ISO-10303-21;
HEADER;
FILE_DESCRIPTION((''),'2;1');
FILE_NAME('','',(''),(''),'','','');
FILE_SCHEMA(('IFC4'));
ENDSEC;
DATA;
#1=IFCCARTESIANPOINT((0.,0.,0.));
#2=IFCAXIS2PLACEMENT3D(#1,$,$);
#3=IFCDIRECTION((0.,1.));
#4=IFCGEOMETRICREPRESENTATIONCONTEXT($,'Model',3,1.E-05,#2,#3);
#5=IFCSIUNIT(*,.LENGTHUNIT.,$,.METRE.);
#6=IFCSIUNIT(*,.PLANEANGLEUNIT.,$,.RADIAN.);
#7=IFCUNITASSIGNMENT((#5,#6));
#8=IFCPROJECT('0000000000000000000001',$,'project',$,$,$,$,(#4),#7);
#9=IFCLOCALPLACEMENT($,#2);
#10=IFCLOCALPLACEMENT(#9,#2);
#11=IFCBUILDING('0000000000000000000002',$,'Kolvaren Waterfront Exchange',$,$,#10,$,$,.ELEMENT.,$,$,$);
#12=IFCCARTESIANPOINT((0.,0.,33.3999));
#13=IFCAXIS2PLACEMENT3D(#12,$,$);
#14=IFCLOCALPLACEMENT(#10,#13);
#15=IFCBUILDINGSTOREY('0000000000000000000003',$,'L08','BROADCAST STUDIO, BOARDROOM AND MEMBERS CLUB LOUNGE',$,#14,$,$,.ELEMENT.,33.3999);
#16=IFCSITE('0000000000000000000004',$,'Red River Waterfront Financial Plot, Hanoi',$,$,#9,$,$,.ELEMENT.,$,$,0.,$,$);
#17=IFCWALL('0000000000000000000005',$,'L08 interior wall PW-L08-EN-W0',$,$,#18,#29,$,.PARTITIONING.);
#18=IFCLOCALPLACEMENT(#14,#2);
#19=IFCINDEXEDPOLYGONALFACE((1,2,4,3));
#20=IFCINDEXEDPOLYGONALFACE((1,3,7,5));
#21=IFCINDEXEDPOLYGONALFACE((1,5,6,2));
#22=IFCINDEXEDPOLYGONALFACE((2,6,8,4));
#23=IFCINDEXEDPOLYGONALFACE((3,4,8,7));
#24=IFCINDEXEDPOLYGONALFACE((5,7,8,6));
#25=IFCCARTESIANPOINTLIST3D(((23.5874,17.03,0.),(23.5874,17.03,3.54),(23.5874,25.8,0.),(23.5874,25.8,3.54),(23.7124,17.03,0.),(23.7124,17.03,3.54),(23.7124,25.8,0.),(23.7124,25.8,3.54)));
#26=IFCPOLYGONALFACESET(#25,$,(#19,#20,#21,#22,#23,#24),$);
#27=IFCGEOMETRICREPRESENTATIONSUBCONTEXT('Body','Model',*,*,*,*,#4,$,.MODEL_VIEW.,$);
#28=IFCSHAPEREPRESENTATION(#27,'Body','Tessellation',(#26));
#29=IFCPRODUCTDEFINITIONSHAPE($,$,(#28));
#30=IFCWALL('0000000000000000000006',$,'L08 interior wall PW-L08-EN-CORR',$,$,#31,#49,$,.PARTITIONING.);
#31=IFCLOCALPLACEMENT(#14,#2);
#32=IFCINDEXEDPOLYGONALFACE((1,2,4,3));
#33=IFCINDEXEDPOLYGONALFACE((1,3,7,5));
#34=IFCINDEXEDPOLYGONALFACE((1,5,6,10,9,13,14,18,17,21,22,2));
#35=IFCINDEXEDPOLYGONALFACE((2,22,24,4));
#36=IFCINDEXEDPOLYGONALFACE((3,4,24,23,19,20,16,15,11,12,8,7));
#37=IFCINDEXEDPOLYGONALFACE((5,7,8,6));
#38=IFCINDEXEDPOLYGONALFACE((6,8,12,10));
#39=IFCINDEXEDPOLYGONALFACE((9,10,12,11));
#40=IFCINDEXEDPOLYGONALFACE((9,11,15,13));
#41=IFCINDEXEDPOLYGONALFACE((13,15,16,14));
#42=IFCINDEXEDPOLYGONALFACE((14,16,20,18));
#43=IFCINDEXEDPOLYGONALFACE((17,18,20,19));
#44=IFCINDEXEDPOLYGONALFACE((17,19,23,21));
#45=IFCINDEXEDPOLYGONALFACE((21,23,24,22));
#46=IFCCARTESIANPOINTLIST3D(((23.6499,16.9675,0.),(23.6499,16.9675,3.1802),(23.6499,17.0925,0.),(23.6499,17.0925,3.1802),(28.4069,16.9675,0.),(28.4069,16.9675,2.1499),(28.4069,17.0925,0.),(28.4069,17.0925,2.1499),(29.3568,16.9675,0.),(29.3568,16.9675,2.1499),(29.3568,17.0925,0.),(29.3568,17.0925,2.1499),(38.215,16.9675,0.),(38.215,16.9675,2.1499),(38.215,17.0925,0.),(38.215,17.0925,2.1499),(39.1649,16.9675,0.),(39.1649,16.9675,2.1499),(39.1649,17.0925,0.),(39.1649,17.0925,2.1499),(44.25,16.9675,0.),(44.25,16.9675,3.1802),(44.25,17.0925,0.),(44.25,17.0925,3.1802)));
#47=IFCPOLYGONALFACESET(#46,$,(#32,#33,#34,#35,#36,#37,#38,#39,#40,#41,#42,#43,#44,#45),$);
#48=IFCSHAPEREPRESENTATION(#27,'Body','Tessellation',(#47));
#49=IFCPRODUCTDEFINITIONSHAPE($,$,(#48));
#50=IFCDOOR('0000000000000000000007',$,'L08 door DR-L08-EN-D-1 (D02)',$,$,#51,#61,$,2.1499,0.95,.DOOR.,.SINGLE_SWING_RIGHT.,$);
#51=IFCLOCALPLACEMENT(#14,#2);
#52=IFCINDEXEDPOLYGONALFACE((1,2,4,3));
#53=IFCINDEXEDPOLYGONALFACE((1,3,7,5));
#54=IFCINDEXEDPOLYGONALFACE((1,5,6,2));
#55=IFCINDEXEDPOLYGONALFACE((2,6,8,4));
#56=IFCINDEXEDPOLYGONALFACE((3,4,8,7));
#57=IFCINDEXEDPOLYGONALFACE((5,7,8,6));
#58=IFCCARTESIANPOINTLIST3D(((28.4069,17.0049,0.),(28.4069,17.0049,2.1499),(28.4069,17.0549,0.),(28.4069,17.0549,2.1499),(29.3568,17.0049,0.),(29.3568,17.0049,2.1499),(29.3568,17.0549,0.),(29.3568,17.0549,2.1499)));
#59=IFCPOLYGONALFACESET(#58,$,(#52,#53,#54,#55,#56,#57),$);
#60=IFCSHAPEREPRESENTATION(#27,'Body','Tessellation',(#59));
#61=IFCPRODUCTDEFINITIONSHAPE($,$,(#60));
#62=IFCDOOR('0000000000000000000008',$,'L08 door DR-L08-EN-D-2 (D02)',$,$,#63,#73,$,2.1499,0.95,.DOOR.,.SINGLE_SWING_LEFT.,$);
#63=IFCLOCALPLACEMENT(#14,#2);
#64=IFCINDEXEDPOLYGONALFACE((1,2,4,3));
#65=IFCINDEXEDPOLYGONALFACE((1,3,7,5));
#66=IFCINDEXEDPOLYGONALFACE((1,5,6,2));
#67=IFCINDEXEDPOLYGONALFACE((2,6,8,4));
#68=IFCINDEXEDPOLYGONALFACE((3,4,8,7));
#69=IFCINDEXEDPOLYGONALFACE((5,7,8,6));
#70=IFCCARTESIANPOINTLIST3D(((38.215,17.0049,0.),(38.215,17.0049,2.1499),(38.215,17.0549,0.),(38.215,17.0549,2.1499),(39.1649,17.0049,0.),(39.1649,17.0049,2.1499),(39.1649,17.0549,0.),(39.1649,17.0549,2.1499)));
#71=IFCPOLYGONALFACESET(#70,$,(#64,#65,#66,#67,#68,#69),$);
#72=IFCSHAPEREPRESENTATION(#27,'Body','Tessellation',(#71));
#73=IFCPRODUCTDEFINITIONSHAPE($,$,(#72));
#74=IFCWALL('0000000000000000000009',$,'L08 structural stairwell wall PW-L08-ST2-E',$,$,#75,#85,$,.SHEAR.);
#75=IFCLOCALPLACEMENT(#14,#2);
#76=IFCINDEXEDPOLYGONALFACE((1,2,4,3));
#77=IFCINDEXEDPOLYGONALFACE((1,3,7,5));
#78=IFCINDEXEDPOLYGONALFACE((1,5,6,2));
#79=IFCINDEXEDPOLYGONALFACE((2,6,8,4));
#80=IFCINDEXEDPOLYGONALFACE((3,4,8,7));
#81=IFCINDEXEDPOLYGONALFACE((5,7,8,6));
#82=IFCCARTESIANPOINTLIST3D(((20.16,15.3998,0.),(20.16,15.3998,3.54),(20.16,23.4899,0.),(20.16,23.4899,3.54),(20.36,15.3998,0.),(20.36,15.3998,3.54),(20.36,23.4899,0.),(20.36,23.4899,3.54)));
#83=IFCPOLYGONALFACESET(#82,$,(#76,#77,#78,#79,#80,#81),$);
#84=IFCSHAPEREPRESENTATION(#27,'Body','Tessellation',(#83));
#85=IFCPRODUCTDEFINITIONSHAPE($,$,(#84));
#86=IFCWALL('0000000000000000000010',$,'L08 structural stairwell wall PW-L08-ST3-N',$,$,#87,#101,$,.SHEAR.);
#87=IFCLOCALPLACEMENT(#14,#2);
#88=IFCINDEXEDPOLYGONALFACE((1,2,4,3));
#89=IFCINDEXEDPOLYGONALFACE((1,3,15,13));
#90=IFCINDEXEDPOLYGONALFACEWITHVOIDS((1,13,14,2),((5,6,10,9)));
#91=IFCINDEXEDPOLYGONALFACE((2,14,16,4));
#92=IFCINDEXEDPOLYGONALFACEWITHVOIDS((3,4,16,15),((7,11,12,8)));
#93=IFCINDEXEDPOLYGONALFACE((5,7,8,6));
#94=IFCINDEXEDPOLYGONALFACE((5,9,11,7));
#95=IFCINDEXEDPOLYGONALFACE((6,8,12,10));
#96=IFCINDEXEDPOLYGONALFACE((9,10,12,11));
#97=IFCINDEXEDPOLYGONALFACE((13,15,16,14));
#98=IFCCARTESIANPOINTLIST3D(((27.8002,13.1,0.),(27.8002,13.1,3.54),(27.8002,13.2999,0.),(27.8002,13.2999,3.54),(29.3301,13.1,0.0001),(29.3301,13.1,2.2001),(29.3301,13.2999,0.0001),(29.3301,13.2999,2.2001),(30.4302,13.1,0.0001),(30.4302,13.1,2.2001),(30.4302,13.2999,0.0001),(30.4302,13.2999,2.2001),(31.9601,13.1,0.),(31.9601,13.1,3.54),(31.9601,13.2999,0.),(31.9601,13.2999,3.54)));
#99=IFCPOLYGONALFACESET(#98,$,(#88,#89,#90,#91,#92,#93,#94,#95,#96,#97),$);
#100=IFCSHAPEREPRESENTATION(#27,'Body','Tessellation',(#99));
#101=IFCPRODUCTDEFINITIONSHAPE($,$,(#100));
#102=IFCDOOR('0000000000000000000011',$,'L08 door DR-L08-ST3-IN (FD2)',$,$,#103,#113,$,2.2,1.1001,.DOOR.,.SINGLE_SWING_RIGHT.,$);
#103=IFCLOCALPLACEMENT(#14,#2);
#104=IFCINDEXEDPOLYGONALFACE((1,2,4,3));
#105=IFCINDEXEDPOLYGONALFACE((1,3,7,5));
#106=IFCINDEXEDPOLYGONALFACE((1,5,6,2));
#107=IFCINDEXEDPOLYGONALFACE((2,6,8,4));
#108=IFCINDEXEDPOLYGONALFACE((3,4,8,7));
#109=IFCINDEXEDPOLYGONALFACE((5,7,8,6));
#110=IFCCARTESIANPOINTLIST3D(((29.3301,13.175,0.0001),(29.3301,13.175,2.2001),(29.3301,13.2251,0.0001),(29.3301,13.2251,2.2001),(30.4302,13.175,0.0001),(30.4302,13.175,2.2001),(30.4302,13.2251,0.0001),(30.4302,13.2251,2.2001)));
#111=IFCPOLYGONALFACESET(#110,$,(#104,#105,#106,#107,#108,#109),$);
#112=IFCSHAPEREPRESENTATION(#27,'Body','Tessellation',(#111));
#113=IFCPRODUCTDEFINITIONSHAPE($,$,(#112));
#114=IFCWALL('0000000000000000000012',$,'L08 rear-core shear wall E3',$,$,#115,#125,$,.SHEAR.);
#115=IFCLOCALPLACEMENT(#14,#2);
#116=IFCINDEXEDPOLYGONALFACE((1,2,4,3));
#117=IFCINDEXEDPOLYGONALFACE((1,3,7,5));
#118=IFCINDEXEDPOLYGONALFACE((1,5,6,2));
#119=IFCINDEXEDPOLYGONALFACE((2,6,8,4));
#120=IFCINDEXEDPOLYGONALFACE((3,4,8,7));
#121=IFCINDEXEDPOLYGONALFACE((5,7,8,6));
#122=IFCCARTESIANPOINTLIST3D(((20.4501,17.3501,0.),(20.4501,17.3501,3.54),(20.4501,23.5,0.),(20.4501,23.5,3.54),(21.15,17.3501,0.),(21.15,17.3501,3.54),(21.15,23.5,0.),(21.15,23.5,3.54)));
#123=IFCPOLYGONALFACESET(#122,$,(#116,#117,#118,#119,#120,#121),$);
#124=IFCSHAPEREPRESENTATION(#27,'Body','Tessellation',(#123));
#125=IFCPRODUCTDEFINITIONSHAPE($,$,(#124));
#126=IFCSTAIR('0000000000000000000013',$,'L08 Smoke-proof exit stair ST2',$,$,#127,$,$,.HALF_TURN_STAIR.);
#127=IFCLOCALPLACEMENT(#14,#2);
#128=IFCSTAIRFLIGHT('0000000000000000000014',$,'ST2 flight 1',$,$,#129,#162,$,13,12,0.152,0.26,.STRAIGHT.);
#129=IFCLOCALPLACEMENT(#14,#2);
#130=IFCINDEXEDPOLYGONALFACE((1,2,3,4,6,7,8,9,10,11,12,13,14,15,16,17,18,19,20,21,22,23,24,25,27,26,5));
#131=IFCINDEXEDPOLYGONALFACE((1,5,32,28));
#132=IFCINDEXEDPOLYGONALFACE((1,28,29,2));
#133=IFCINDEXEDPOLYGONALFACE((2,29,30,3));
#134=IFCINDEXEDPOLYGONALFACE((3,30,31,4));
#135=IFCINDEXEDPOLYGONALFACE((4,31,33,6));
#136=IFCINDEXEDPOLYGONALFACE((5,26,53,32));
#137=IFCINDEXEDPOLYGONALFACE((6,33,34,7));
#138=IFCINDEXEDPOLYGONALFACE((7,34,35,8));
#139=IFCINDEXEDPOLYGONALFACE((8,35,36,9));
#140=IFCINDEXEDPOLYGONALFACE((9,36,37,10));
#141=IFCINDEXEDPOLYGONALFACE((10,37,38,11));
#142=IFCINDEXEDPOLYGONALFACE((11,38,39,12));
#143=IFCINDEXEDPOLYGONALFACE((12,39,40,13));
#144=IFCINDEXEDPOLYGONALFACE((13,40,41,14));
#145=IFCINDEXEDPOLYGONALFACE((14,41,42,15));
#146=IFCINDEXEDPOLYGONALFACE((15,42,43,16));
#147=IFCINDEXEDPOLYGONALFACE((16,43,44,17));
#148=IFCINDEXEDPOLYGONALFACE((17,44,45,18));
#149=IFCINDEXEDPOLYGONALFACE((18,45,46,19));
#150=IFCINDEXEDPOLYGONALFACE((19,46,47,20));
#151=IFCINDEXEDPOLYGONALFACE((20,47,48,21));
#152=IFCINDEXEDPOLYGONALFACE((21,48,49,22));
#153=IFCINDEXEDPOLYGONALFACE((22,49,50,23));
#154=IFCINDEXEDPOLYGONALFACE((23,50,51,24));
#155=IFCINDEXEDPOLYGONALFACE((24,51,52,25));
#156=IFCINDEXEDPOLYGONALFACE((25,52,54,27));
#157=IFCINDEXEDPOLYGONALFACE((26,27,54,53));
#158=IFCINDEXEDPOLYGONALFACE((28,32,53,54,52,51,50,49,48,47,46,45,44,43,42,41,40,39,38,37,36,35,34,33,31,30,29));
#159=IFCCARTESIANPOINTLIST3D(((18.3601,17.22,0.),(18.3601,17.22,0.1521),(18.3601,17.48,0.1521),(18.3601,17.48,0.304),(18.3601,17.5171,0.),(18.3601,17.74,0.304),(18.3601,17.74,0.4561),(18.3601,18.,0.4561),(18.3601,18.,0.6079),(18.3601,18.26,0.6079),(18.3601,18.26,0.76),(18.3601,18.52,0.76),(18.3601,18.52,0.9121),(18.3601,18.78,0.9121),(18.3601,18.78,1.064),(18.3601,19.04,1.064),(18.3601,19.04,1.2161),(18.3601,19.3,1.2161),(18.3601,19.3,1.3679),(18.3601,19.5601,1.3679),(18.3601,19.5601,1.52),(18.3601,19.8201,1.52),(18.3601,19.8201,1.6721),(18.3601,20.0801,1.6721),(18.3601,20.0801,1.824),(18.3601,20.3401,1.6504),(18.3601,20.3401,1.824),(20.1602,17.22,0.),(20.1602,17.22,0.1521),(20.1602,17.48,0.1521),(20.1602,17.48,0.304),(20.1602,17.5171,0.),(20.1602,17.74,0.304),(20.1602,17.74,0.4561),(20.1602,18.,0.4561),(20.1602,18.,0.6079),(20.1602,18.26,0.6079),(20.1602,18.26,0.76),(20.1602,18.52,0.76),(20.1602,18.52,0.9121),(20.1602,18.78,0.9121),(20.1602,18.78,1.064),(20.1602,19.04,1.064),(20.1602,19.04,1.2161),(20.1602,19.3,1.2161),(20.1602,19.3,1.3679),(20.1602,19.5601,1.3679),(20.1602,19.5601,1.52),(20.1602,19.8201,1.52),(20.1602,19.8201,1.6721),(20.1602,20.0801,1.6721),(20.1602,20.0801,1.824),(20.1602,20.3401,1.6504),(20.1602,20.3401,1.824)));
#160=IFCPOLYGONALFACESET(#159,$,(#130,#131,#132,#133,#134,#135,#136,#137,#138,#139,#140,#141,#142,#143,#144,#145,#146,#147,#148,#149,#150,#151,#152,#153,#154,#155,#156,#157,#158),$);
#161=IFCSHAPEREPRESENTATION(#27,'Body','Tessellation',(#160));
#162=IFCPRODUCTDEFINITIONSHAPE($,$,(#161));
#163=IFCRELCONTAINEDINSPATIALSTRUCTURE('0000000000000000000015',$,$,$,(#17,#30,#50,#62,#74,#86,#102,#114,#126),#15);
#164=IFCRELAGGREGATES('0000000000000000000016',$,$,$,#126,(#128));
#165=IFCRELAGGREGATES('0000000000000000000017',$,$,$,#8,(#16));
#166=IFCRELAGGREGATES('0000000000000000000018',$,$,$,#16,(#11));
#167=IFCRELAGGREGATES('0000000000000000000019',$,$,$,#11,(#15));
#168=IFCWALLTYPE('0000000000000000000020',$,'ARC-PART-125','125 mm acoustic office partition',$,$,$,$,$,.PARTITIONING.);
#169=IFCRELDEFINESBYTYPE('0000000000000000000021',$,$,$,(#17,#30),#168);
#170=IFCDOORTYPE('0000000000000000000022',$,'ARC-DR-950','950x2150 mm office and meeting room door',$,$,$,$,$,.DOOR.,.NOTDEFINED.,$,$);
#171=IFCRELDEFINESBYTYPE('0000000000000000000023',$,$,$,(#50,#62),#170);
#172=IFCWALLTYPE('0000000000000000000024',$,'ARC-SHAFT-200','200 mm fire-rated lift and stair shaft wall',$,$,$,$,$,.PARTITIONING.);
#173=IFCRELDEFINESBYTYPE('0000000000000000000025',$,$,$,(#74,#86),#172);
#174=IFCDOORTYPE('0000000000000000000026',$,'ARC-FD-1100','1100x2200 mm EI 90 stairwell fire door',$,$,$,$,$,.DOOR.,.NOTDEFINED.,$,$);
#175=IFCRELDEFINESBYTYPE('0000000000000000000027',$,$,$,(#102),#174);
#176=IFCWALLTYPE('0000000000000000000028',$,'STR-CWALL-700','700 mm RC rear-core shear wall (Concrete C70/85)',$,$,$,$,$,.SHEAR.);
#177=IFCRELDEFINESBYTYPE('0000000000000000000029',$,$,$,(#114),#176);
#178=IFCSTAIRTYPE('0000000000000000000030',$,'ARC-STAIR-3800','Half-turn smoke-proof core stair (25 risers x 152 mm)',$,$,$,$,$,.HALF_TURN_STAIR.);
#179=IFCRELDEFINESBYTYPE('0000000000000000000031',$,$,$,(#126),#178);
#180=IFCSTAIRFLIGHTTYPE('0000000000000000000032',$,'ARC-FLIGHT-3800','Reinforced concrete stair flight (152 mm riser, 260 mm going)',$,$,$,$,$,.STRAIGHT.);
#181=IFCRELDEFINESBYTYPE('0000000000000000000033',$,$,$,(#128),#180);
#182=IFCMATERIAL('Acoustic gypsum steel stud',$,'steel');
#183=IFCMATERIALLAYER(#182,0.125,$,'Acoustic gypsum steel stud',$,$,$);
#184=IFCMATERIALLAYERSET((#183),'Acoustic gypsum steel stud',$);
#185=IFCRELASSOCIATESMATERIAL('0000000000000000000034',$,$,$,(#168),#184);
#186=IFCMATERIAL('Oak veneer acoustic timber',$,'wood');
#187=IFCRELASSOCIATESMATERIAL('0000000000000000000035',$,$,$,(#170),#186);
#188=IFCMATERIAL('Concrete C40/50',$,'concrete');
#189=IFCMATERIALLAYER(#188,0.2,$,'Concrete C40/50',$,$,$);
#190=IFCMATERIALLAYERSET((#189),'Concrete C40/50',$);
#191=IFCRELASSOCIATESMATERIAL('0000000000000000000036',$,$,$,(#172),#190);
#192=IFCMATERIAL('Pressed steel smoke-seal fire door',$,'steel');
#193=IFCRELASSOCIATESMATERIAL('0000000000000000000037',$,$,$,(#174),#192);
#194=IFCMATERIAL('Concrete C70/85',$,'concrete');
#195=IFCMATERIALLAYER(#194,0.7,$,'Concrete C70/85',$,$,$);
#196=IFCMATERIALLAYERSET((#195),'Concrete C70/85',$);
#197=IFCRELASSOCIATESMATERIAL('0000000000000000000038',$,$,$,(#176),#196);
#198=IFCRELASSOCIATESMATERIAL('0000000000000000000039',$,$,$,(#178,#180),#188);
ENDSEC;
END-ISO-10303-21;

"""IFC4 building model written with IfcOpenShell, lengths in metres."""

from ifc_helpers import new_model, si_unit, direction, frame, frame_2d, origin, place, context, subcontext, project, spatial, polyline, rectangle, outline, extrude, material, layer, layer_set, type_object, element, fill, aggregate, save


model = new_model("IFC4")

# Units and contexts
model_context = context("Model", 3, precision=1e-05, world=origin(), true_north=direction((0.0, 1.0)))
body_context = subcontext(model_context, "Body", "Model", "MODEL_VIEW")
ifc_project = project(units=[si_unit("LENGTHUNIT", "METRE"), si_unit("PLANEANGLEUNIT", "RADIAN")], contexts=[model_context])

# Site, building, storey
site_placement = place(None, origin())
site = spatial("IfcSite", under=ifc_project, at=site_placement, Name="Red River Waterfront Financial Plot, Hanoi", CompositionType="ELEMENT", RefElevation=0.0)
building_placement = place(site_placement, origin())
building = spatial("IfcBuilding", under=site, at=building_placement, Name="Kolvaren Waterfront Exchange", CompositionType="ELEMENT")
storey_placement = place(building_placement, frame((0.0, 0.0, 33.3999)))
storey = spatial("IfcBuildingStorey", under=building, at=storey_placement, Name="L08", Description="BROADCAST STUDIO, BOARDROOM AND MEMBERS CLUB LOUNGE", CompositionType="ELEMENT", Elevation=33.3999)

# Shared definitions
ifc_material_1 = material(Name="Concrete C70/85", Category="concrete")

# Shared definitions
ifc_material_2 = material(Name="Acoustic gypsum steel stud", Category="steel")
ifc_layer_1 = layer(ifc_material_2, 0.125, Name="Acoustic gypsum steel stud")
ifc_layer_set_1 = layer_set([ifc_layer_1], Name="Acoustic gypsum steel stud")
wall_type_1 = type_object("IfcWallType", Name="ARC-PART-125", Description="125 mm acoustic office partition", PredefinedType="PARTITIONING", material=ifc_layer_set_1)
ifc_material_3 = material(Name="Oak veneer acoustic timber", Category="wood")
door_type_1 = type_object("IfcDoorType", Name="ARC-DR-950", Description="950x2150 mm office and meeting room door", OperationType="NOTDEFINED", PredefinedType="DOOR", material=ifc_material_3)

# Wall
wall_1_placement = place(storey_placement, frame((23.6499, 17.03, 0.0), z_axis=(0.0, 0.0, 1.0), x_axis=(0.0, 1.0, 0.0)))
element("IfcWall", 1, at=wall_1_placement, inside=storey, type_object=wall_type_1, Name="L08 interior wall PW-L08-EN-W0", PredefinedType="PARTITIONING", context=body_context, shape_type="SweptSolid", body=[
    extrude(rectangle(XDim=8.77, YDim=0.125, at=frame_2d((4.385, 0.0))), origin(), (0.0, 0.0, 1.0), 3.54),
])

# Wall, openings, doors
wall_2_placement = place(storey_placement, frame((23.6499, 17.03, 0.0), z_axis=(0.0, 0.0, 1.0), x_axis=(1.0, 0.0, 0.0)))
wall_2 = element("IfcWall", 2, at=wall_2_placement, inside=storey, type_object=wall_type_1, Name="L08 interior wall PW-L08-EN-CORR", PredefinedType="PARTITIONING", context=body_context, shape_type="SweptSolid", body=[
    extrude(rectangle(XDim=20.6001, YDim=0.125, at=frame_2d((10.3, 0.0))), origin(), (0.0, 0.0, 1.0), 3.1802),
])
opening_1_placement = place(wall_2_placement, frame((4.7568, 0.0, 0.0)))
opening_1 = element("IfcOpeningElement", 3, at=opening_1_placement, cuts=wall_2, PredefinedType="OPENING", context=body_context, shape_type="SweptSolid", body=[
    extrude(rectangle(XDim=0.95, YDim=2.1499, at=frame_2d((0.4751, 1.075))), frame((0.0, 0.0725, 0.0), z_axis=(0.0, -1.0, 0.0), x_axis=(1.0, 0.0, 0.0)), (0.0, 0.0, 1.0), 0.145),
])
opening_2_placement = place(wall_2_placement, frame((14.5649, 0.0, 0.0)))
opening_2 = element("IfcOpeningElement", 4, at=opening_2_placement, cuts=wall_2, PredefinedType="OPENING", context=body_context, shape_type="SweptSolid", body=[
    extrude(rectangle(XDim=0.95, YDim=2.1499, at=frame_2d((0.4751, 1.075))), frame((0.0, 0.0725, 0.0), z_axis=(0.0, -1.0, 0.0), x_axis=(1.0, 0.0, 0.0)), (0.0, 0.0, 1.0), 0.145),
])
door_1_placement = place(opening_1_placement, origin())
door_1 = element("IfcDoor", 5, at=door_1_placement, inside=storey, type_object=door_type_1, Name="L08 door DR-L08-EN-D-1 (D02)", OperationType="SINGLE_SWING_RIGHT", OverallHeight=2.1499, OverallWidth=0.95, PredefinedType="DOOR", context=body_context, shape_type="SweptSolid", body=[
    extrude(rectangle(XDim=0.95, YDim=2.1499, at=frame_2d((0.4751, 1.075))), frame((0.0, 0.0249, 0.0), z_axis=(0.0, -1.0, 0.0), x_axis=(1.0, 0.0, 0.0)), (0.0, 0.0, 1.0), 0.05),
])
fill(opening_1, door_1)
door_2_placement = place(opening_2_placement, origin())
door_2 = element("IfcDoor", 6, at=door_2_placement, inside=storey, type_object=door_type_1, Name="L08 door DR-L08-EN-D-2 (D02)", OperationType="SINGLE_SWING_LEFT", OverallHeight=2.1499, OverallWidth=0.95, PredefinedType="DOOR", context=body_context, shape_type="SweptSolid", body=[
    extrude(rectangle(XDim=0.95, YDim=2.1499, at=frame_2d((0.4751, 1.075))), frame((0.0, 0.0249, 0.0), z_axis=(0.0, -1.0, 0.0), x_axis=(1.0, 0.0, 0.0)), (0.0, 0.0, 1.0), 0.05),
])
fill(opening_2, door_2)

# Wall
ifc_material_4 = material(Name="Concrete C40/50", Category="concrete")
ifc_layer_2 = layer(ifc_material_4, 0.2, Name="Concrete C40/50")
ifc_layer_set_2 = layer_set([ifc_layer_2], Name="Concrete C40/50")
wall_type_2 = type_object("IfcWallType", Name="ARC-SHAFT-200", Description="200 mm fire-rated lift and stair shaft wall", PredefinedType="PARTITIONING", material=ifc_layer_set_2)
wall_3_placement = place(storey_placement, frame((20.26, 15.3999, 0.0), z_axis=(0.0, 0.0, 1.0), x_axis=(0.0, 1.0, 0.0)))
element("IfcWall", 7, at=wall_3_placement, inside=storey, type_object=wall_type_2, Name="L08 structural stairwell wall PW-L08-ST2-E", PredefinedType="SHEAR", context=body_context, shape_type="SweptSolid", body=[
    extrude(rectangle(XDim=8.0901, YDim=0.2, at=frame_2d((4.0449, 0.0))), origin(), (0.0, 0.0, 1.0), 3.54),
])

# Wall, opening, door
wall_4_placement = place(storey_placement, frame((27.8, 13.2, 0.0), z_axis=(0.0, 0.0, 1.0), x_axis=(1.0, 0.0, 0.0)))
wall_4 = element("IfcWall", 8, at=wall_4_placement, inside=storey, type_object=wall_type_2, Name="L08 structural stairwell wall PW-L08-ST3-N", PredefinedType="SHEAR", context=body_context, shape_type="SweptSolid", body=[
    extrude(rectangle(XDim=4.1599, YDim=0.2, at=frame_2d((2.0801, 0.0))), origin(), (0.0, 0.0, 1.0), 3.54),
])
opening_3_placement = place(wall_4_placement, frame((1.53, 0.0, 0.0)))
opening_3 = element("IfcOpeningElement", 9, at=opening_3_placement, cuts=wall_4, PredefinedType="OPENING", context=body_context, shape_type="SweptSolid", body=[
    extrude(rectangle(XDim=1.1001, YDim=2.2, at=frame_2d((0.55, 1.1001))), frame((0.0, 0.1099, 0.0), z_axis=(0.0, -1.0, 0.0), x_axis=(1.0, 0.0, 0.0)), (0.0, 0.0, 1.0), 0.22),
])
ifc_material_5 = material(Name="Pressed steel smoke-seal fire door", Category="steel")
door_type_2 = type_object("IfcDoorType", Name="ARC-FD-1100", Description="1100x2200 mm EI 90 stairwell fire door", OperationType="NOTDEFINED", PredefinedType="DOOR", material=ifc_material_5)
door_3_placement = place(opening_3_placement, frame((1.1001, 0.0, 0.0), z_axis=(0.0, 0.0, 1.0), x_axis=(-1.0, 0.0, 0.0)))
door_3 = element("IfcDoor", 10, at=door_3_placement, inside=storey, type_object=door_type_2, Name="L08 door DR-L08-ST3-IN (FD2)", OperationType="SINGLE_SWING_RIGHT", OverallHeight=2.2, OverallWidth=1.1001, PredefinedType="DOOR", context=body_context, shape_type="SweptSolid", body=[
    extrude(rectangle(XDim=1.1001, YDim=2.2, at=frame_2d((0.55, 1.1001))), frame((0.0, 0.0249, 0.0), z_axis=(0.0, -1.0, 0.0), x_axis=(1.0, 0.0, 0.0)), (0.0, 0.0, 1.0), 0.05),
])
fill(opening_3, door_3)

# Wall
ifc_layer_3 = layer(ifc_material_1, 0.7, Name="Concrete C70/85")
ifc_layer_set_3 = layer_set([ifc_layer_3], Name="Concrete C70/85")
wall_type_3 = type_object("IfcWallType", Name="STR-CWALL-700", Description="700 mm RC rear-core shear wall (Concrete C70/85)", PredefinedType="SHEAR", material=ifc_layer_set_3)
wall_5_placement = place(storey_placement, frame((20.8, 17.3501, 0.0), z_axis=(0.0, 0.0, 1.0), x_axis=(0.0, 1.0, 0.0)))
element("IfcWall", 11, at=wall_5_placement, inside=storey, type_object=wall_type_3, Name="L08 rear-core shear wall E3", PredefinedType="SHEAR", context=body_context, shape_type="SweptSolid", body=[
    extrude(rectangle(XDim=6.1499, YDim=0.7, at=frame_2d((3.075, 0.0))), origin(), (0.0, 0.0, 1.0), 3.54),
])

# Stair, stair flight
stair_type = type_object("IfcStairType", Name="ARC-STAIR-3800", Description="Half-turn smoke-proof core stair (25 risers x 152 mm)", PredefinedType="HALF_TURN_STAIR", material=ifc_material_4)
stair_1_placement = place(storey_placement, origin())
stair_1 = element("IfcStair", 12, at=stair_1_placement, inside=storey, type_object=stair_type, Name="L08 Smoke-proof exit stair ST2", PredefinedType="HALF_TURN_STAIR")
stair_flight_type = type_object("IfcStairFlightType", Name="ARC-FLIGHT-3800", Description="Reinforced concrete stair flight (152 mm riser, 260 mm going)", PredefinedType="STRAIGHT", material=ifc_material_4)
stair_flight_1_placement = place(storey_placement, frame((19.26, 17.22, 0.0), z_axis=(0.0, 0.0, 1.0), x_axis=(0.0, 1.0, 0.0)))
stair_flight_1 = element("IfcStairFlight", 13, at=stair_flight_1_placement, type_object=stair_flight_type, Name="ST2 flight 1", NumberOfRisers=13, NumberOfTreads=12, PredefinedType="STRAIGHT", RiserHeight=0.152, TreadLength=0.26, context=body_context, shape_type="SweptSolid", body=[
    extrude(outline(polyline([(0.0, 0.0), (0.0, 0.1521), (0.26, 0.1521), (0.26, 0.304), (0.52, 0.304), (0.52, 0.4561), (0.78, 0.4561), (0.78, 0.6079), (1.04, 0.6079), (1.04, 0.76), (1.3, 0.76), (1.3, 0.9121), (1.5601, 0.9121), (1.5601, 1.064), (1.8201, 1.064), (1.8201, 1.2161), (2.0801, 1.2161), (2.0801, 1.3679), (2.3401, 1.3679), (2.3401, 1.52), (2.6001, 1.52), (2.6001, 1.6721), (2.8601, 1.6721), (2.8601, 1.824), (3.1201, 1.824), (3.1201, 1.9761), (3.1201, 1.6504), (0.2971, 0.0), (0.0, 0.0)])), frame((0.0, 0.8999, 0.0), z_axis=(0.0, -1.0, 0.0), x_axis=(1.0, 0.0, 0.0)), (0.0, 0.0, 1.0), 1.8),
])
aggregate(stair_1, [stair_flight_1])

save(model, "model.ifc")
